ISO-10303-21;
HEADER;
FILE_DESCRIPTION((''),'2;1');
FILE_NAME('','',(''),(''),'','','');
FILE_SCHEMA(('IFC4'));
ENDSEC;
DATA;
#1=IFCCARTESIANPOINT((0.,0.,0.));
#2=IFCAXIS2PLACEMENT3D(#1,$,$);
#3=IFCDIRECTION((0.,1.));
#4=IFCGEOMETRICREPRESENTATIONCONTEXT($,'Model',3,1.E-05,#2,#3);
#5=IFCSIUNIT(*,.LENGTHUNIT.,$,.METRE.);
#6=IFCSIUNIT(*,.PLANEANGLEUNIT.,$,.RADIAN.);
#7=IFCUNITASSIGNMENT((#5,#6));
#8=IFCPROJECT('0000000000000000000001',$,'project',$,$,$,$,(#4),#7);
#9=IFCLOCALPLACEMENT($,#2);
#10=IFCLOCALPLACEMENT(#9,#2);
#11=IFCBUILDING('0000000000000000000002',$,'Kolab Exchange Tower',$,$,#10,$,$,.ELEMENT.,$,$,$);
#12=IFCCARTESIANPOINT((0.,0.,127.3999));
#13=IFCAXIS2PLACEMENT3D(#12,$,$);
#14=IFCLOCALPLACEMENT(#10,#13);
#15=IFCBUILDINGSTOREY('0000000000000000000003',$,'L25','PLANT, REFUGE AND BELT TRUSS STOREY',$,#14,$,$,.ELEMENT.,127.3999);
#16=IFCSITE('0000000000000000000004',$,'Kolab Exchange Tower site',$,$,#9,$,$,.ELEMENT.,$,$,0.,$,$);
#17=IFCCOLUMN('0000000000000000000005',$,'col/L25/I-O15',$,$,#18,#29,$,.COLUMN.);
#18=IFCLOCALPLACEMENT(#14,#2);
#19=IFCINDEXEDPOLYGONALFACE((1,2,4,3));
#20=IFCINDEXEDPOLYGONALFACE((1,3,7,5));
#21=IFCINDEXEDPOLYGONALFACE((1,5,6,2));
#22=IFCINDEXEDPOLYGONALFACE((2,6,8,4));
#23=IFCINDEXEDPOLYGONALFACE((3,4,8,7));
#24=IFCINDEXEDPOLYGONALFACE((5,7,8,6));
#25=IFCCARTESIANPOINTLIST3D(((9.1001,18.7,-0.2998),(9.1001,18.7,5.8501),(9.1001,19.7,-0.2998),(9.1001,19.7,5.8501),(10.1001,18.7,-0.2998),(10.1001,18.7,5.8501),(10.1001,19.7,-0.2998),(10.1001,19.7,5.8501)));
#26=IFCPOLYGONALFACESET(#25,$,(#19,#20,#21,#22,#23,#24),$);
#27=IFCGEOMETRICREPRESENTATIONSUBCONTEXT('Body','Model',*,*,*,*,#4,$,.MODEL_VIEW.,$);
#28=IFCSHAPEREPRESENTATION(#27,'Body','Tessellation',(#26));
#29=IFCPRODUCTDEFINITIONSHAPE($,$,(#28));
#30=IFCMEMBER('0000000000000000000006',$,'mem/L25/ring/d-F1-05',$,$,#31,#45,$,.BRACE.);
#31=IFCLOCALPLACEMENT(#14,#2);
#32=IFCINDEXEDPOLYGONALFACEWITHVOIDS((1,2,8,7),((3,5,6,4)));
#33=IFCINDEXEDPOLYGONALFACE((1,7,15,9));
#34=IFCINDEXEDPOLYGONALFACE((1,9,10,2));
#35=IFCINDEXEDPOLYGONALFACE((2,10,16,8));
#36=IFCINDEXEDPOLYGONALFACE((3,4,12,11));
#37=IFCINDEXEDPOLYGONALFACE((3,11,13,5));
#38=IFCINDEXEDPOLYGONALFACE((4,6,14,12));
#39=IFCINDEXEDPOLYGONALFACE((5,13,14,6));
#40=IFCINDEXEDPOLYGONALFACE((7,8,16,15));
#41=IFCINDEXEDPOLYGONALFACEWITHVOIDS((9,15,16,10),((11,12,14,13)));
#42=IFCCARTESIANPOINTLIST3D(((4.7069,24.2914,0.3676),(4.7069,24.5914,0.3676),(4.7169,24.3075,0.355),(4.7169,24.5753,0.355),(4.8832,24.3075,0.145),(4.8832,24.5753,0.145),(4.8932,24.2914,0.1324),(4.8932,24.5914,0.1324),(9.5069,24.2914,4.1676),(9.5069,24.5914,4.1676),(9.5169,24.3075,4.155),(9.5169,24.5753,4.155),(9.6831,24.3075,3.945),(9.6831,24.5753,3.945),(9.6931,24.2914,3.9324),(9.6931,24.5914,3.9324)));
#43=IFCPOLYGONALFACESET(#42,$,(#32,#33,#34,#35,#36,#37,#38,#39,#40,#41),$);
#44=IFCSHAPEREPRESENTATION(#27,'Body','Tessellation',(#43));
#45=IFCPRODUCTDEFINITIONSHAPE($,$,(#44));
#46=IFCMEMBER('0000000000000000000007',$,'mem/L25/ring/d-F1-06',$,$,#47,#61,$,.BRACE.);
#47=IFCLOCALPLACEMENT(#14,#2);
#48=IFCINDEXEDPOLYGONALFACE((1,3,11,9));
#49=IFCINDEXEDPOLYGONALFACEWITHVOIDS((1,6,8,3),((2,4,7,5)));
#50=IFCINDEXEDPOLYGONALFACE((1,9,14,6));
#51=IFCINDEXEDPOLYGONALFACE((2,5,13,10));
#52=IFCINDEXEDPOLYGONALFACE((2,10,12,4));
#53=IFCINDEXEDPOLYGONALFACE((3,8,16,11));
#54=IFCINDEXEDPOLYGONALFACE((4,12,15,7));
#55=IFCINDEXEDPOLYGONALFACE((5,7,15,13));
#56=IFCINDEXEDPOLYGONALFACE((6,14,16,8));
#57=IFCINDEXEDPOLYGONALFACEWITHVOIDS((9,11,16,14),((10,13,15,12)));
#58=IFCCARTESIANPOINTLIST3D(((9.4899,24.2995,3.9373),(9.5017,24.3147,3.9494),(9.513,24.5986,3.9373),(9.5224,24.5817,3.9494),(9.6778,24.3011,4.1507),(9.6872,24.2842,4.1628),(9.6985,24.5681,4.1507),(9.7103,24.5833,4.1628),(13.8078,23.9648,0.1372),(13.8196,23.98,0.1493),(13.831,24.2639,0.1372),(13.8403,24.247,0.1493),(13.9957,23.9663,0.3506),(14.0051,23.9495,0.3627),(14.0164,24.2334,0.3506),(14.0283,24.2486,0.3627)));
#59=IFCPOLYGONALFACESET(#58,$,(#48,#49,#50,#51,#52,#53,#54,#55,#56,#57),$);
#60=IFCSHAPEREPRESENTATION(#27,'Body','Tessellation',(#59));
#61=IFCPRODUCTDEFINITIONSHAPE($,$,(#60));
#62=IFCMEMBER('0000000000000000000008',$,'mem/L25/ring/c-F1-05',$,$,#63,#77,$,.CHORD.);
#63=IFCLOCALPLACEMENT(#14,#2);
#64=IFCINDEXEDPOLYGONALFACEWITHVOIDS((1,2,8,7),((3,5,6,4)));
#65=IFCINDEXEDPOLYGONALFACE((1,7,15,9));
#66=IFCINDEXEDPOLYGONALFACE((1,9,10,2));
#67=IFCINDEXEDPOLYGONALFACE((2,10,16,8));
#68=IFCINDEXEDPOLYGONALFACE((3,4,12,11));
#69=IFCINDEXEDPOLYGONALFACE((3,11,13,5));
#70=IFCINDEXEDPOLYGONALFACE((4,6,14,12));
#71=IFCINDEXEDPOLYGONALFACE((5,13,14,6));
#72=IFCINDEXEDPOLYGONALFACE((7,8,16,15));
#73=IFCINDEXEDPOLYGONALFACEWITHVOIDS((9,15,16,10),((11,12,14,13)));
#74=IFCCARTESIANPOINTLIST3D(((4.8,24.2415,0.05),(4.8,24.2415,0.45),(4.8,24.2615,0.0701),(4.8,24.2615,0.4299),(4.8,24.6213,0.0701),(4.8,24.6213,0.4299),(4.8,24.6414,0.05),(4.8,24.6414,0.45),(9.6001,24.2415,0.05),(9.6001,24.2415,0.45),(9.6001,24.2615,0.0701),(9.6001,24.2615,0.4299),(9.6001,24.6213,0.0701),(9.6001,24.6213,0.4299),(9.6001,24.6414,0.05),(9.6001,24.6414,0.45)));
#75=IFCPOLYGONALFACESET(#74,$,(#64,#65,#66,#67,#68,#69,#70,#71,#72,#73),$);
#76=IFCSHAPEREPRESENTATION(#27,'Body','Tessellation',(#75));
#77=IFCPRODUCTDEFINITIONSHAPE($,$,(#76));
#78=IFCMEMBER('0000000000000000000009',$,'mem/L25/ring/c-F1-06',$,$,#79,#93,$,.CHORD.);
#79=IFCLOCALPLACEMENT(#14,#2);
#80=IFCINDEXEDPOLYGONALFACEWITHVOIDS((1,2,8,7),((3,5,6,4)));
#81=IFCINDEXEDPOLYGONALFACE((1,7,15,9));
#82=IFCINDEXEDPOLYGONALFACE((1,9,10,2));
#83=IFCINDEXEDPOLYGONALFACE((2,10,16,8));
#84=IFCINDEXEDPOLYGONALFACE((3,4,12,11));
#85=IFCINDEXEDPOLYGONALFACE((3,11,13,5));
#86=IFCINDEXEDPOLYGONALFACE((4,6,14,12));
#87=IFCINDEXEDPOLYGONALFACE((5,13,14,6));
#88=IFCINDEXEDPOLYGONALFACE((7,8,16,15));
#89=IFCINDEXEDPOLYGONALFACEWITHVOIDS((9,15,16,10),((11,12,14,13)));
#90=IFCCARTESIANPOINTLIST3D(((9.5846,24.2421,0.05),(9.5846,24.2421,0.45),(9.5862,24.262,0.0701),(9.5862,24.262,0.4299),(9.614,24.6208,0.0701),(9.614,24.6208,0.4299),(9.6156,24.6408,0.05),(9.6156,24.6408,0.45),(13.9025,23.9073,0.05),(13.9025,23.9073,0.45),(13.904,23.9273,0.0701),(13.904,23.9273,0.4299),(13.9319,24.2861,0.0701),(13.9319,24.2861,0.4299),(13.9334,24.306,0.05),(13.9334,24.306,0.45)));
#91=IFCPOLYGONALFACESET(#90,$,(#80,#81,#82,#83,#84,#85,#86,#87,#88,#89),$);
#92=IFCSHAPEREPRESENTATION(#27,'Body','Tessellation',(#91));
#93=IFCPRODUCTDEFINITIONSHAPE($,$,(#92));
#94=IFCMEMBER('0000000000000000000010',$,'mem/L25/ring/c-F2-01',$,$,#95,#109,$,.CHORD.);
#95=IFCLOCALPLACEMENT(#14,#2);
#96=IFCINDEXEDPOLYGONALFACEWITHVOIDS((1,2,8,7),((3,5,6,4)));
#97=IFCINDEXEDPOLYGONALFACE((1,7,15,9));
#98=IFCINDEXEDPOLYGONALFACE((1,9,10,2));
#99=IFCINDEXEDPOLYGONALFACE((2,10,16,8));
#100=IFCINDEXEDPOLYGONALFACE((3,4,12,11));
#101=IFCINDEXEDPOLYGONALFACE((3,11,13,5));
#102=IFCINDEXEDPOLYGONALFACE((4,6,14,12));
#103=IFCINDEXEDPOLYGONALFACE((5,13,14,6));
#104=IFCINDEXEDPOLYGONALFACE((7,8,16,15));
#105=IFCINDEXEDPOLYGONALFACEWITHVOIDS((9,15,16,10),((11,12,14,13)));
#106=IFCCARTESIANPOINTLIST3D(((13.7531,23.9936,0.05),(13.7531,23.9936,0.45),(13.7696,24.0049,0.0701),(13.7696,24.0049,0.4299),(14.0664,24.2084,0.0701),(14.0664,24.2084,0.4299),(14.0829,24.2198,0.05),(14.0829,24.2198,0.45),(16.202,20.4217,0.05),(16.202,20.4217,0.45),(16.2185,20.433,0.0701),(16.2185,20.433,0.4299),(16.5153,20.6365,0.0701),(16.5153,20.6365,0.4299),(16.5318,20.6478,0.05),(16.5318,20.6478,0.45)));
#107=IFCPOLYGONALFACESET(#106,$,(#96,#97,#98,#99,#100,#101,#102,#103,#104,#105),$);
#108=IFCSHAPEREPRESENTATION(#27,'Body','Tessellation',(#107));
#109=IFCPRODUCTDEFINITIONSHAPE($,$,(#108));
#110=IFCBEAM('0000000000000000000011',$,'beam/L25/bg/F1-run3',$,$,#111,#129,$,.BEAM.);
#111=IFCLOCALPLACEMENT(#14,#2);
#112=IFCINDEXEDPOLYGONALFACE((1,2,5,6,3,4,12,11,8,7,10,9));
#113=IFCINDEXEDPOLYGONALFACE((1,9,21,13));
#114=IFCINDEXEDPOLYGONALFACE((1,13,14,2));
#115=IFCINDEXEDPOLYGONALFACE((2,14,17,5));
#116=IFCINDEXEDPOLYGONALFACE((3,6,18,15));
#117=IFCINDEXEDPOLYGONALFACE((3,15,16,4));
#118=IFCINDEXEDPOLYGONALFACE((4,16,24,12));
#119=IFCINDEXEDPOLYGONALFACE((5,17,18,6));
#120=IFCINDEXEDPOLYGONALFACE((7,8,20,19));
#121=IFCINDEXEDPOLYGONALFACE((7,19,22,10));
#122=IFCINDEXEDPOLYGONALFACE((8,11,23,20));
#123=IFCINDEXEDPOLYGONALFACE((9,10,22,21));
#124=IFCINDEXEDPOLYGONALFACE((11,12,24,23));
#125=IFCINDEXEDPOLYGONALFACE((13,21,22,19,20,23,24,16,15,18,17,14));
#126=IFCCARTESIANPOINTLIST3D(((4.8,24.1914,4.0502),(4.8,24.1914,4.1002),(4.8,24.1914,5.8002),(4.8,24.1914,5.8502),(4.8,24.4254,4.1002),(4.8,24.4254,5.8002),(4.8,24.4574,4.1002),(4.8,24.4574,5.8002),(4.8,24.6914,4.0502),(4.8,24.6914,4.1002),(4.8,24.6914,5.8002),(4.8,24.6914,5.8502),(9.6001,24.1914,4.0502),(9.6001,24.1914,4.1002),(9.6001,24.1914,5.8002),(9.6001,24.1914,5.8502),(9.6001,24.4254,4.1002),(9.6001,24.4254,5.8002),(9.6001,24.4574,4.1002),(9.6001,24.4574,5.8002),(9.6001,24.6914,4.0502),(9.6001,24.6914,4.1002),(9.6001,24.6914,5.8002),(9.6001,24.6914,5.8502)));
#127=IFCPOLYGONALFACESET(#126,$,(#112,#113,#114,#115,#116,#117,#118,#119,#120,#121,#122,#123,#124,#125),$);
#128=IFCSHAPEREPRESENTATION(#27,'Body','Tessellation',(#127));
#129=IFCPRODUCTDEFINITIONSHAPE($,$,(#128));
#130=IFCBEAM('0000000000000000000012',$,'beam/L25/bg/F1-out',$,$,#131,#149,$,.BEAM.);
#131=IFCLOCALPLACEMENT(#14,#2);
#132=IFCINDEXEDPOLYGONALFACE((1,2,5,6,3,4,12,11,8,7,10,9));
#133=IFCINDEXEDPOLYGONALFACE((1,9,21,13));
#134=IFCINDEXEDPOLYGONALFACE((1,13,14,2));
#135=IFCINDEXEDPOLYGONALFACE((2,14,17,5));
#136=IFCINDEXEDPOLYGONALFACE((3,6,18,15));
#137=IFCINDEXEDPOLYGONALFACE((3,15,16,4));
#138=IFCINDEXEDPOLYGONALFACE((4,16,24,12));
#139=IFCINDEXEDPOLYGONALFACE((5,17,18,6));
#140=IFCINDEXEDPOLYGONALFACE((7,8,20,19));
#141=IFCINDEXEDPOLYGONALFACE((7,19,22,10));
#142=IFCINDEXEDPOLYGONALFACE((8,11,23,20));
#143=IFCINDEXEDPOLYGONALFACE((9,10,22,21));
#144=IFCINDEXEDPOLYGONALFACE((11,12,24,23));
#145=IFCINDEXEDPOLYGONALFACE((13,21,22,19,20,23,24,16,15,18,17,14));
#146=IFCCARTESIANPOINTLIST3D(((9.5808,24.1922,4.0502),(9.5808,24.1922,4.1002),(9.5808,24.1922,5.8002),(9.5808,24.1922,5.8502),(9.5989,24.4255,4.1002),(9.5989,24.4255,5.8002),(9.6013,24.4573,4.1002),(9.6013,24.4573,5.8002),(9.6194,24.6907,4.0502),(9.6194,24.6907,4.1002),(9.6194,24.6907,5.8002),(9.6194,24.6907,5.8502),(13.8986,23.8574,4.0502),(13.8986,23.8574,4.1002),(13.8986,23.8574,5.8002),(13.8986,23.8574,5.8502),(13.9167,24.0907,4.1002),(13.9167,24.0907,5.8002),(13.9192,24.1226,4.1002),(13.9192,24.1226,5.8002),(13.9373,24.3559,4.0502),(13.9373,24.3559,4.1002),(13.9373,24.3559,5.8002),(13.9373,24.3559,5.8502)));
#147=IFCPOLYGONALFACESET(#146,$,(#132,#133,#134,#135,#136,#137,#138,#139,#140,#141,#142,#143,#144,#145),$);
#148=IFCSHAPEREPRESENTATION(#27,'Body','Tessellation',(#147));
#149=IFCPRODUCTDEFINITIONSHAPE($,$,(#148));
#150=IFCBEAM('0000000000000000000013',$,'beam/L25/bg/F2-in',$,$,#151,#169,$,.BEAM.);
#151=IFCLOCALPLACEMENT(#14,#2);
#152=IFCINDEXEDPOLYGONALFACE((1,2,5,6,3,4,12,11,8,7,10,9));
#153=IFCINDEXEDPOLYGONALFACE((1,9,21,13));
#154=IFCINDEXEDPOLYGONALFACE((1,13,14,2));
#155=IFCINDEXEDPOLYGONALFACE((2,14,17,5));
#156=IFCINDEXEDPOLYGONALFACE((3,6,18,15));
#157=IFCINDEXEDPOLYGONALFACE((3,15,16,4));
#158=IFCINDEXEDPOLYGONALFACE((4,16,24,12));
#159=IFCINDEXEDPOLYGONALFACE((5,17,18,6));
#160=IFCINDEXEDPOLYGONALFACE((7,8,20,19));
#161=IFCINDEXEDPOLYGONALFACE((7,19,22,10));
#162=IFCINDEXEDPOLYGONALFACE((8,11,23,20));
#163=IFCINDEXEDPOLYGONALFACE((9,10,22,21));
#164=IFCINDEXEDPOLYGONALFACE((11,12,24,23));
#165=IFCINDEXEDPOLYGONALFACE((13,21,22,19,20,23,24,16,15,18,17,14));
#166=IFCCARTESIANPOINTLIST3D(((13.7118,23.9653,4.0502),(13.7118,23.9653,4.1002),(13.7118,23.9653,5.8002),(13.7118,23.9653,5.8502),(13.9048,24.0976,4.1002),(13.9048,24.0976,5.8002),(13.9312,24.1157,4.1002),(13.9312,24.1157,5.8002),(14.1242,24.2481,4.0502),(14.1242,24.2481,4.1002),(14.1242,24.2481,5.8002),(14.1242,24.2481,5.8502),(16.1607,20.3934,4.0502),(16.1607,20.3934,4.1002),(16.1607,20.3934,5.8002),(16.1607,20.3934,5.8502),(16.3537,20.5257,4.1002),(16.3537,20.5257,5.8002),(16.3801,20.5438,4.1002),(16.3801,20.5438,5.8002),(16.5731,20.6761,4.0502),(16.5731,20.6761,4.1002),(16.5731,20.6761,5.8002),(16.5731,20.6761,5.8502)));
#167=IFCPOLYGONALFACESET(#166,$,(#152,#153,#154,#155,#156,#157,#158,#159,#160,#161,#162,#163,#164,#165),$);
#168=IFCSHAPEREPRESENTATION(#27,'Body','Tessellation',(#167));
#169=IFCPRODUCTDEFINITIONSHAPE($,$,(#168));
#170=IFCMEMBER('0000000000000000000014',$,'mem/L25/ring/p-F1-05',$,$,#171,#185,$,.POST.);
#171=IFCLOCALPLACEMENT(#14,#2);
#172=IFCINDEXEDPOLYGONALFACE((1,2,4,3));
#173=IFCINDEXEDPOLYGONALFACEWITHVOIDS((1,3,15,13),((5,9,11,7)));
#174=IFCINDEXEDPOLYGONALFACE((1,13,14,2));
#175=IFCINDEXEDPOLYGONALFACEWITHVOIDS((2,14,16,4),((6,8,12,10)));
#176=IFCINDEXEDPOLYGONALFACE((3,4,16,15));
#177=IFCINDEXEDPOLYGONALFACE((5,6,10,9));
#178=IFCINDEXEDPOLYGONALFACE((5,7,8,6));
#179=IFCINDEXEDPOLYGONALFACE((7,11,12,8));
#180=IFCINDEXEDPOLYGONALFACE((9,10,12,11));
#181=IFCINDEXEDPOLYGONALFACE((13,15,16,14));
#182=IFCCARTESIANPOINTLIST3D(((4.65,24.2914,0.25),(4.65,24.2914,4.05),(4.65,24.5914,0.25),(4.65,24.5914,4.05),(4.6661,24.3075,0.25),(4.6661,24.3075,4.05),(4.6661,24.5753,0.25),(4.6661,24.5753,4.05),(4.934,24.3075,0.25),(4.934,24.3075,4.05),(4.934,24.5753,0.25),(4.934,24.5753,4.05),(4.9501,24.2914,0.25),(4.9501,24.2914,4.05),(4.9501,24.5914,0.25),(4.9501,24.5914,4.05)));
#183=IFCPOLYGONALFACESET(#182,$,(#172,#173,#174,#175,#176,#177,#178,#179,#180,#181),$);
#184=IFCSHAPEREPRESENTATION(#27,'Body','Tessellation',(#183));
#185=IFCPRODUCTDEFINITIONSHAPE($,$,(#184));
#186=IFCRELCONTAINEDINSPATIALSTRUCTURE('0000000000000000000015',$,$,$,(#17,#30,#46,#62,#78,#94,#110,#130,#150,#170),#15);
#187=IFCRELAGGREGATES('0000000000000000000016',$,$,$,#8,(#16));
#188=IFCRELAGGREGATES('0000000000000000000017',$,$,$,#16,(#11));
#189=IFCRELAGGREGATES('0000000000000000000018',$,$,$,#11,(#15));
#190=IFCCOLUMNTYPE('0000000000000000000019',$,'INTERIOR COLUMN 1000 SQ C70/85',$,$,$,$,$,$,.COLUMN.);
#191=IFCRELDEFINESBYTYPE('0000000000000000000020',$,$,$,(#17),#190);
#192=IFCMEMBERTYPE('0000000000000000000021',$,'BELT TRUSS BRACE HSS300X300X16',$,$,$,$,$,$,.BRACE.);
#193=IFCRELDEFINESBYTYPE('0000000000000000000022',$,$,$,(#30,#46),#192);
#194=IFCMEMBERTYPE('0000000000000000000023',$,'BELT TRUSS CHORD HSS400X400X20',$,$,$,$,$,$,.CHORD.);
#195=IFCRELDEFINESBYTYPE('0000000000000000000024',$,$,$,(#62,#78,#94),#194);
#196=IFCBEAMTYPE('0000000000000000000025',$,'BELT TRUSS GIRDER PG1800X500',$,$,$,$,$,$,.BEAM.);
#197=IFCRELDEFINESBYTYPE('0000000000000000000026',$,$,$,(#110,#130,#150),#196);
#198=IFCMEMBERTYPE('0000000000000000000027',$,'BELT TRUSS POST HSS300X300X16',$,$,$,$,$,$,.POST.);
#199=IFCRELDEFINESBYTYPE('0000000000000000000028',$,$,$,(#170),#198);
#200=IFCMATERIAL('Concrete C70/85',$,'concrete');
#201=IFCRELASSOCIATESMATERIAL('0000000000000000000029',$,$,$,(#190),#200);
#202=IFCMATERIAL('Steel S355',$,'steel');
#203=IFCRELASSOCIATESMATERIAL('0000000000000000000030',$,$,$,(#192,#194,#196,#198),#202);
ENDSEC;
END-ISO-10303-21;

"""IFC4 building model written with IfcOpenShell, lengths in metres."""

from ifc_helpers import new_model, si_unit, direction, frame, origin, origin_2d, place, context, subcontext, project, spatial, rectangle, hollow_rectangle, i_section, extrude, material, material_profile, profile_set, type_object, element, save


model = new_model("IFC4")

# Units and contexts
model_context = context("Model", 3, precision=1e-05, world=origin(), true_north=direction((0.0, 1.0)))
body_context = subcontext(model_context, "Body", "Model", "MODEL_VIEW")
ifc_project = project(units=[si_unit("LENGTHUNIT", "METRE"), si_unit("PLANEANGLEUNIT", "RADIAN")], contexts=[model_context])

# Site, building, storey
site_placement = place(None, origin())
site = spatial("IfcSite", under=ifc_project, at=site_placement, Name="Kolab Exchange Tower site", CompositionType="ELEMENT", RefElevation=0.0)
building_placement = place(site_placement, origin())
building = spatial("IfcBuilding", under=site, at=building_placement, Name="Kolab Exchange Tower", CompositionType="ELEMENT")
storey_placement = place(building_placement, frame((0.0, 0.0, 127.3999)))
storey = spatial("IfcBuildingStorey", under=building, at=storey_placement, Name="L25", Description="PLANT, REFUGE AND BELT TRUSS STOREY", CompositionType="ELEMENT", Elevation=127.3999)

# Column
ifc_material_1 = material(Name="Concrete C70/85", Category="concrete")
ifc_material_profile_1 = material_profile(ifc_material_1, rectangle(XDim=1.0, YDim=1.0, at=origin_2d()), Name="RC1000")
ifc_profile_set_1 = profile_set([ifc_material_profile_1], Name="Concrete C70/85")
column_type = type_object("IfcColumnType", Name="INTERIOR COLUMN 1000 SQ C70/85", PredefinedType="COLUMN", material=ifc_profile_set_1)
column_placement = place(storey_placement, frame((9.6001, 19.2, -0.2998), z_axis=(0.0, 0.0, 1.0), x_axis=(1.0, 0.0, 0.0)))
element("IfcColumn", 1, at=column_placement, inside=storey, type_object=column_type, Name="col/L25/I-O15", PredefinedType="COLUMN", context=body_context, shape_type="SweptSolid", body=[
    extrude(rectangle(XDim=1.0, YDim=1.0, at=origin_2d()), origin(), (0.0, 0.0, 1.0), 6.1499),
])

# Members
ifc_material_2 = material(Name="Steel S355", Category="steel")
ifc_material_profile_2 = material_profile(ifc_material_2, hollow_rectangle(XDim=0.3, YDim=0.3, WallThickness=0.0161, at=origin_2d()), Name="HSS300X300X16")
ifc_profile_set_2 = profile_set([ifc_material_profile_2], Name="Steel S355")
member_type_1 = type_object("IfcMemberType", Name="BELT TRUSS BRACE HSS300X300X16", PredefinedType="BRACE", material=ifc_profile_set_2)
member_1_placement = place(storey_placement, frame((4.8, 24.4414, 0.25), z_axis=(0.784045, 0.0, 0.620704), x_axis=(0.0, 1.0, 0.0)))
element("IfcMember", 2, at=member_1_placement, inside=storey, type_object=member_type_1, Name="mem/L25/ring/d-F1-05", PredefinedType="BRACE", context=body_context, shape_type="SweptSolid", body=[
    extrude(hollow_rectangle(XDim=0.3, YDim=0.3, WallThickness=0.0161, at=origin_2d()), origin(), (0.0, 0.0, 1.0), 6.1221),
])
member_2_placement = place(storey_placement, frame((9.6001, 24.4414, 4.05), z_axis=(0.749418, -0.058094, -0.659544), x_axis=(0.077287, 0.997009, 0.0)))
element("IfcMember", 3, at=member_2_placement, inside=storey, type_object=member_type_1, Name="mem/L25/ring/d-F1-06", PredefinedType="BRACE", context=body_context, shape_type="SweptSolid", body=[
    extrude(hollow_rectangle(XDim=0.3, YDim=0.3, WallThickness=0.0161, at=origin_2d()), origin(), (0.0, 0.0, 1.0), 5.7617),
])
ifc_material_profile_3 = material_profile(ifc_material_2, hollow_rectangle(XDim=0.3999, YDim=0.3999, WallThickness=0.02, at=origin_2d()), Name="HSS400X400X20")
ifc_profile_set_3 = profile_set([ifc_material_profile_3], Name="Steel S355")
member_type_2 = type_object("IfcMemberType", Name="BELT TRUSS CHORD HSS400X400X20", PredefinedType="CHORD", material=ifc_profile_set_3)
member_3_placement = place(storey_placement, frame((4.8, 24.4414, 0.25), z_axis=(1.0, 0.0, 0.0), x_axis=(0.0, 1.0, 0.0)))
element("IfcMember", 4, at=member_3_placement, inside=storey, type_object=member_type_2, Name="mem/L25/ring/c-F1-05", PredefinedType="CHORD", context=body_context, shape_type="SweptSolid", body=[
    extrude(hollow_rectangle(XDim=0.3999, YDim=0.3999, WallThickness=0.02, at=origin_2d()), origin(), (0.0, 0.0, 1.0), 4.8),
])
for number, where, z_axis, x_axis, name in (
    (5, (9.6001, 24.4414, 0.25), (0.997009, -0.077287, 0.0), (0.077287, 0.997009, 0.0), "mem/L25/ring/c-F1-06"),
    (6, (13.918, 24.1067, 0.25), (0.565464, -0.824773, 0.0), (0.824773, 0.565464, 0.0), "mem/L25/ring/c-F2-01"),
):
    element("IfcMember", number, at=place(storey_placement, frame(where, z_axis=z_axis, x_axis=x_axis)), inside=storey, type_object=member_type_2, Name=name, PredefinedType="CHORD", context=body_context, shape_type="SweptSolid", body=[
        extrude(hollow_rectangle(XDim=0.3999, YDim=0.3999, WallThickness=0.02, at=origin_2d()), origin(), (0.0, 0.0, 1.0), 4.3308),
    ])

# Beams
ifc_material_profile_4 = material_profile(ifc_material_2, i_section(OverallWidth=0.5, OverallDepth=1.8, WebThickness=0.032, FlangeThickness=0.05, at=origin_2d()), Name="PG1800X500")
ifc_profile_set_4 = profile_set([ifc_material_profile_4], Name="Steel S355")
beam_type_1 = type_object("IfcBeamType", Name="BELT TRUSS GIRDER PG1800X500", PredefinedType="BEAM", material=ifc_profile_set_4)
beam_1_placement = place(storey_placement, frame((4.8, 24.4414, 4.9502), z_axis=(1.0, 0.0, 0.0), x_axis=(0.0, 1.0, 0.0)))
element("IfcBeam", 7, at=beam_1_placement, inside=storey, type_object=beam_type_1, Name="beam/L25/bg/F1-run3", PredefinedType="BEAM", context=body_context, shape_type="SweptSolid", body=[
    extrude(i_section(OverallWidth=0.5, OverallDepth=1.8, WebThickness=0.032, FlangeThickness=0.05, at=origin_2d()), origin(), (0.0, 0.0, 1.0), 4.8),
])
for number, where, z_axis, x_axis, name in (
    (8, (9.6001, 24.4414, 4.9502), (0.997009, -0.077287, 0.0), (0.077287, 0.997009, 0.0), "beam/L25/bg/F1-out"),
    (9, (13.918, 24.1067, 4.9502), (0.565464, -0.824773, 0.0), (0.824773, 0.565464, 0.0), "beam/L25/bg/F2-in"),
):
    element("IfcBeam", number, at=place(storey_placement, frame(where, z_axis=z_axis, x_axis=x_axis)), inside=storey, type_object=beam_type_1, Name=name, PredefinedType="BEAM", context=body_context, shape_type="SweptSolid", body=[
        extrude(i_section(OverallWidth=0.5, OverallDepth=1.8, WebThickness=0.032, FlangeThickness=0.05, at=origin_2d()), origin(), (0.0, 0.0, 1.0), 4.3308),
    ])

# Member
ifc_material_profile_5 = material_profile(ifc_material_2, hollow_rectangle(XDim=0.3, YDim=0.3, WallThickness=0.0161, at=origin_2d()), Name="HSS300X300X16")
ifc_profile_set_5 = profile_set([ifc_material_profile_5], Name="Steel S355")
member_type_3 = type_object("IfcMemberType", Name="BELT TRUSS POST HSS300X300X16", PredefinedType="POST", material=ifc_profile_set_5)
for number, where, z_axis, x_axis, name in (
    (10, (4.8, 24.4414, 0.25), (0.0, 0.0, 1.0), (1.0, 0.0, 0.0), "mem/L25/ring/p-F1-05"),
):
    element("IfcMember", number, at=place(storey_placement, frame(where, z_axis=z_axis, x_axis=x_axis)), inside=storey, type_object=member_type_3, Name=name, PredefinedType="POST", context=body_context, shape_type="SweptSolid", body=[
        extrude(hollow_rectangle(XDim=0.3, YDim=0.3, WallThickness=0.0161, at=origin_2d()), origin(), (0.0, 0.0, 1.0), 3.8),
    ])

save(model, "model.ifc")
